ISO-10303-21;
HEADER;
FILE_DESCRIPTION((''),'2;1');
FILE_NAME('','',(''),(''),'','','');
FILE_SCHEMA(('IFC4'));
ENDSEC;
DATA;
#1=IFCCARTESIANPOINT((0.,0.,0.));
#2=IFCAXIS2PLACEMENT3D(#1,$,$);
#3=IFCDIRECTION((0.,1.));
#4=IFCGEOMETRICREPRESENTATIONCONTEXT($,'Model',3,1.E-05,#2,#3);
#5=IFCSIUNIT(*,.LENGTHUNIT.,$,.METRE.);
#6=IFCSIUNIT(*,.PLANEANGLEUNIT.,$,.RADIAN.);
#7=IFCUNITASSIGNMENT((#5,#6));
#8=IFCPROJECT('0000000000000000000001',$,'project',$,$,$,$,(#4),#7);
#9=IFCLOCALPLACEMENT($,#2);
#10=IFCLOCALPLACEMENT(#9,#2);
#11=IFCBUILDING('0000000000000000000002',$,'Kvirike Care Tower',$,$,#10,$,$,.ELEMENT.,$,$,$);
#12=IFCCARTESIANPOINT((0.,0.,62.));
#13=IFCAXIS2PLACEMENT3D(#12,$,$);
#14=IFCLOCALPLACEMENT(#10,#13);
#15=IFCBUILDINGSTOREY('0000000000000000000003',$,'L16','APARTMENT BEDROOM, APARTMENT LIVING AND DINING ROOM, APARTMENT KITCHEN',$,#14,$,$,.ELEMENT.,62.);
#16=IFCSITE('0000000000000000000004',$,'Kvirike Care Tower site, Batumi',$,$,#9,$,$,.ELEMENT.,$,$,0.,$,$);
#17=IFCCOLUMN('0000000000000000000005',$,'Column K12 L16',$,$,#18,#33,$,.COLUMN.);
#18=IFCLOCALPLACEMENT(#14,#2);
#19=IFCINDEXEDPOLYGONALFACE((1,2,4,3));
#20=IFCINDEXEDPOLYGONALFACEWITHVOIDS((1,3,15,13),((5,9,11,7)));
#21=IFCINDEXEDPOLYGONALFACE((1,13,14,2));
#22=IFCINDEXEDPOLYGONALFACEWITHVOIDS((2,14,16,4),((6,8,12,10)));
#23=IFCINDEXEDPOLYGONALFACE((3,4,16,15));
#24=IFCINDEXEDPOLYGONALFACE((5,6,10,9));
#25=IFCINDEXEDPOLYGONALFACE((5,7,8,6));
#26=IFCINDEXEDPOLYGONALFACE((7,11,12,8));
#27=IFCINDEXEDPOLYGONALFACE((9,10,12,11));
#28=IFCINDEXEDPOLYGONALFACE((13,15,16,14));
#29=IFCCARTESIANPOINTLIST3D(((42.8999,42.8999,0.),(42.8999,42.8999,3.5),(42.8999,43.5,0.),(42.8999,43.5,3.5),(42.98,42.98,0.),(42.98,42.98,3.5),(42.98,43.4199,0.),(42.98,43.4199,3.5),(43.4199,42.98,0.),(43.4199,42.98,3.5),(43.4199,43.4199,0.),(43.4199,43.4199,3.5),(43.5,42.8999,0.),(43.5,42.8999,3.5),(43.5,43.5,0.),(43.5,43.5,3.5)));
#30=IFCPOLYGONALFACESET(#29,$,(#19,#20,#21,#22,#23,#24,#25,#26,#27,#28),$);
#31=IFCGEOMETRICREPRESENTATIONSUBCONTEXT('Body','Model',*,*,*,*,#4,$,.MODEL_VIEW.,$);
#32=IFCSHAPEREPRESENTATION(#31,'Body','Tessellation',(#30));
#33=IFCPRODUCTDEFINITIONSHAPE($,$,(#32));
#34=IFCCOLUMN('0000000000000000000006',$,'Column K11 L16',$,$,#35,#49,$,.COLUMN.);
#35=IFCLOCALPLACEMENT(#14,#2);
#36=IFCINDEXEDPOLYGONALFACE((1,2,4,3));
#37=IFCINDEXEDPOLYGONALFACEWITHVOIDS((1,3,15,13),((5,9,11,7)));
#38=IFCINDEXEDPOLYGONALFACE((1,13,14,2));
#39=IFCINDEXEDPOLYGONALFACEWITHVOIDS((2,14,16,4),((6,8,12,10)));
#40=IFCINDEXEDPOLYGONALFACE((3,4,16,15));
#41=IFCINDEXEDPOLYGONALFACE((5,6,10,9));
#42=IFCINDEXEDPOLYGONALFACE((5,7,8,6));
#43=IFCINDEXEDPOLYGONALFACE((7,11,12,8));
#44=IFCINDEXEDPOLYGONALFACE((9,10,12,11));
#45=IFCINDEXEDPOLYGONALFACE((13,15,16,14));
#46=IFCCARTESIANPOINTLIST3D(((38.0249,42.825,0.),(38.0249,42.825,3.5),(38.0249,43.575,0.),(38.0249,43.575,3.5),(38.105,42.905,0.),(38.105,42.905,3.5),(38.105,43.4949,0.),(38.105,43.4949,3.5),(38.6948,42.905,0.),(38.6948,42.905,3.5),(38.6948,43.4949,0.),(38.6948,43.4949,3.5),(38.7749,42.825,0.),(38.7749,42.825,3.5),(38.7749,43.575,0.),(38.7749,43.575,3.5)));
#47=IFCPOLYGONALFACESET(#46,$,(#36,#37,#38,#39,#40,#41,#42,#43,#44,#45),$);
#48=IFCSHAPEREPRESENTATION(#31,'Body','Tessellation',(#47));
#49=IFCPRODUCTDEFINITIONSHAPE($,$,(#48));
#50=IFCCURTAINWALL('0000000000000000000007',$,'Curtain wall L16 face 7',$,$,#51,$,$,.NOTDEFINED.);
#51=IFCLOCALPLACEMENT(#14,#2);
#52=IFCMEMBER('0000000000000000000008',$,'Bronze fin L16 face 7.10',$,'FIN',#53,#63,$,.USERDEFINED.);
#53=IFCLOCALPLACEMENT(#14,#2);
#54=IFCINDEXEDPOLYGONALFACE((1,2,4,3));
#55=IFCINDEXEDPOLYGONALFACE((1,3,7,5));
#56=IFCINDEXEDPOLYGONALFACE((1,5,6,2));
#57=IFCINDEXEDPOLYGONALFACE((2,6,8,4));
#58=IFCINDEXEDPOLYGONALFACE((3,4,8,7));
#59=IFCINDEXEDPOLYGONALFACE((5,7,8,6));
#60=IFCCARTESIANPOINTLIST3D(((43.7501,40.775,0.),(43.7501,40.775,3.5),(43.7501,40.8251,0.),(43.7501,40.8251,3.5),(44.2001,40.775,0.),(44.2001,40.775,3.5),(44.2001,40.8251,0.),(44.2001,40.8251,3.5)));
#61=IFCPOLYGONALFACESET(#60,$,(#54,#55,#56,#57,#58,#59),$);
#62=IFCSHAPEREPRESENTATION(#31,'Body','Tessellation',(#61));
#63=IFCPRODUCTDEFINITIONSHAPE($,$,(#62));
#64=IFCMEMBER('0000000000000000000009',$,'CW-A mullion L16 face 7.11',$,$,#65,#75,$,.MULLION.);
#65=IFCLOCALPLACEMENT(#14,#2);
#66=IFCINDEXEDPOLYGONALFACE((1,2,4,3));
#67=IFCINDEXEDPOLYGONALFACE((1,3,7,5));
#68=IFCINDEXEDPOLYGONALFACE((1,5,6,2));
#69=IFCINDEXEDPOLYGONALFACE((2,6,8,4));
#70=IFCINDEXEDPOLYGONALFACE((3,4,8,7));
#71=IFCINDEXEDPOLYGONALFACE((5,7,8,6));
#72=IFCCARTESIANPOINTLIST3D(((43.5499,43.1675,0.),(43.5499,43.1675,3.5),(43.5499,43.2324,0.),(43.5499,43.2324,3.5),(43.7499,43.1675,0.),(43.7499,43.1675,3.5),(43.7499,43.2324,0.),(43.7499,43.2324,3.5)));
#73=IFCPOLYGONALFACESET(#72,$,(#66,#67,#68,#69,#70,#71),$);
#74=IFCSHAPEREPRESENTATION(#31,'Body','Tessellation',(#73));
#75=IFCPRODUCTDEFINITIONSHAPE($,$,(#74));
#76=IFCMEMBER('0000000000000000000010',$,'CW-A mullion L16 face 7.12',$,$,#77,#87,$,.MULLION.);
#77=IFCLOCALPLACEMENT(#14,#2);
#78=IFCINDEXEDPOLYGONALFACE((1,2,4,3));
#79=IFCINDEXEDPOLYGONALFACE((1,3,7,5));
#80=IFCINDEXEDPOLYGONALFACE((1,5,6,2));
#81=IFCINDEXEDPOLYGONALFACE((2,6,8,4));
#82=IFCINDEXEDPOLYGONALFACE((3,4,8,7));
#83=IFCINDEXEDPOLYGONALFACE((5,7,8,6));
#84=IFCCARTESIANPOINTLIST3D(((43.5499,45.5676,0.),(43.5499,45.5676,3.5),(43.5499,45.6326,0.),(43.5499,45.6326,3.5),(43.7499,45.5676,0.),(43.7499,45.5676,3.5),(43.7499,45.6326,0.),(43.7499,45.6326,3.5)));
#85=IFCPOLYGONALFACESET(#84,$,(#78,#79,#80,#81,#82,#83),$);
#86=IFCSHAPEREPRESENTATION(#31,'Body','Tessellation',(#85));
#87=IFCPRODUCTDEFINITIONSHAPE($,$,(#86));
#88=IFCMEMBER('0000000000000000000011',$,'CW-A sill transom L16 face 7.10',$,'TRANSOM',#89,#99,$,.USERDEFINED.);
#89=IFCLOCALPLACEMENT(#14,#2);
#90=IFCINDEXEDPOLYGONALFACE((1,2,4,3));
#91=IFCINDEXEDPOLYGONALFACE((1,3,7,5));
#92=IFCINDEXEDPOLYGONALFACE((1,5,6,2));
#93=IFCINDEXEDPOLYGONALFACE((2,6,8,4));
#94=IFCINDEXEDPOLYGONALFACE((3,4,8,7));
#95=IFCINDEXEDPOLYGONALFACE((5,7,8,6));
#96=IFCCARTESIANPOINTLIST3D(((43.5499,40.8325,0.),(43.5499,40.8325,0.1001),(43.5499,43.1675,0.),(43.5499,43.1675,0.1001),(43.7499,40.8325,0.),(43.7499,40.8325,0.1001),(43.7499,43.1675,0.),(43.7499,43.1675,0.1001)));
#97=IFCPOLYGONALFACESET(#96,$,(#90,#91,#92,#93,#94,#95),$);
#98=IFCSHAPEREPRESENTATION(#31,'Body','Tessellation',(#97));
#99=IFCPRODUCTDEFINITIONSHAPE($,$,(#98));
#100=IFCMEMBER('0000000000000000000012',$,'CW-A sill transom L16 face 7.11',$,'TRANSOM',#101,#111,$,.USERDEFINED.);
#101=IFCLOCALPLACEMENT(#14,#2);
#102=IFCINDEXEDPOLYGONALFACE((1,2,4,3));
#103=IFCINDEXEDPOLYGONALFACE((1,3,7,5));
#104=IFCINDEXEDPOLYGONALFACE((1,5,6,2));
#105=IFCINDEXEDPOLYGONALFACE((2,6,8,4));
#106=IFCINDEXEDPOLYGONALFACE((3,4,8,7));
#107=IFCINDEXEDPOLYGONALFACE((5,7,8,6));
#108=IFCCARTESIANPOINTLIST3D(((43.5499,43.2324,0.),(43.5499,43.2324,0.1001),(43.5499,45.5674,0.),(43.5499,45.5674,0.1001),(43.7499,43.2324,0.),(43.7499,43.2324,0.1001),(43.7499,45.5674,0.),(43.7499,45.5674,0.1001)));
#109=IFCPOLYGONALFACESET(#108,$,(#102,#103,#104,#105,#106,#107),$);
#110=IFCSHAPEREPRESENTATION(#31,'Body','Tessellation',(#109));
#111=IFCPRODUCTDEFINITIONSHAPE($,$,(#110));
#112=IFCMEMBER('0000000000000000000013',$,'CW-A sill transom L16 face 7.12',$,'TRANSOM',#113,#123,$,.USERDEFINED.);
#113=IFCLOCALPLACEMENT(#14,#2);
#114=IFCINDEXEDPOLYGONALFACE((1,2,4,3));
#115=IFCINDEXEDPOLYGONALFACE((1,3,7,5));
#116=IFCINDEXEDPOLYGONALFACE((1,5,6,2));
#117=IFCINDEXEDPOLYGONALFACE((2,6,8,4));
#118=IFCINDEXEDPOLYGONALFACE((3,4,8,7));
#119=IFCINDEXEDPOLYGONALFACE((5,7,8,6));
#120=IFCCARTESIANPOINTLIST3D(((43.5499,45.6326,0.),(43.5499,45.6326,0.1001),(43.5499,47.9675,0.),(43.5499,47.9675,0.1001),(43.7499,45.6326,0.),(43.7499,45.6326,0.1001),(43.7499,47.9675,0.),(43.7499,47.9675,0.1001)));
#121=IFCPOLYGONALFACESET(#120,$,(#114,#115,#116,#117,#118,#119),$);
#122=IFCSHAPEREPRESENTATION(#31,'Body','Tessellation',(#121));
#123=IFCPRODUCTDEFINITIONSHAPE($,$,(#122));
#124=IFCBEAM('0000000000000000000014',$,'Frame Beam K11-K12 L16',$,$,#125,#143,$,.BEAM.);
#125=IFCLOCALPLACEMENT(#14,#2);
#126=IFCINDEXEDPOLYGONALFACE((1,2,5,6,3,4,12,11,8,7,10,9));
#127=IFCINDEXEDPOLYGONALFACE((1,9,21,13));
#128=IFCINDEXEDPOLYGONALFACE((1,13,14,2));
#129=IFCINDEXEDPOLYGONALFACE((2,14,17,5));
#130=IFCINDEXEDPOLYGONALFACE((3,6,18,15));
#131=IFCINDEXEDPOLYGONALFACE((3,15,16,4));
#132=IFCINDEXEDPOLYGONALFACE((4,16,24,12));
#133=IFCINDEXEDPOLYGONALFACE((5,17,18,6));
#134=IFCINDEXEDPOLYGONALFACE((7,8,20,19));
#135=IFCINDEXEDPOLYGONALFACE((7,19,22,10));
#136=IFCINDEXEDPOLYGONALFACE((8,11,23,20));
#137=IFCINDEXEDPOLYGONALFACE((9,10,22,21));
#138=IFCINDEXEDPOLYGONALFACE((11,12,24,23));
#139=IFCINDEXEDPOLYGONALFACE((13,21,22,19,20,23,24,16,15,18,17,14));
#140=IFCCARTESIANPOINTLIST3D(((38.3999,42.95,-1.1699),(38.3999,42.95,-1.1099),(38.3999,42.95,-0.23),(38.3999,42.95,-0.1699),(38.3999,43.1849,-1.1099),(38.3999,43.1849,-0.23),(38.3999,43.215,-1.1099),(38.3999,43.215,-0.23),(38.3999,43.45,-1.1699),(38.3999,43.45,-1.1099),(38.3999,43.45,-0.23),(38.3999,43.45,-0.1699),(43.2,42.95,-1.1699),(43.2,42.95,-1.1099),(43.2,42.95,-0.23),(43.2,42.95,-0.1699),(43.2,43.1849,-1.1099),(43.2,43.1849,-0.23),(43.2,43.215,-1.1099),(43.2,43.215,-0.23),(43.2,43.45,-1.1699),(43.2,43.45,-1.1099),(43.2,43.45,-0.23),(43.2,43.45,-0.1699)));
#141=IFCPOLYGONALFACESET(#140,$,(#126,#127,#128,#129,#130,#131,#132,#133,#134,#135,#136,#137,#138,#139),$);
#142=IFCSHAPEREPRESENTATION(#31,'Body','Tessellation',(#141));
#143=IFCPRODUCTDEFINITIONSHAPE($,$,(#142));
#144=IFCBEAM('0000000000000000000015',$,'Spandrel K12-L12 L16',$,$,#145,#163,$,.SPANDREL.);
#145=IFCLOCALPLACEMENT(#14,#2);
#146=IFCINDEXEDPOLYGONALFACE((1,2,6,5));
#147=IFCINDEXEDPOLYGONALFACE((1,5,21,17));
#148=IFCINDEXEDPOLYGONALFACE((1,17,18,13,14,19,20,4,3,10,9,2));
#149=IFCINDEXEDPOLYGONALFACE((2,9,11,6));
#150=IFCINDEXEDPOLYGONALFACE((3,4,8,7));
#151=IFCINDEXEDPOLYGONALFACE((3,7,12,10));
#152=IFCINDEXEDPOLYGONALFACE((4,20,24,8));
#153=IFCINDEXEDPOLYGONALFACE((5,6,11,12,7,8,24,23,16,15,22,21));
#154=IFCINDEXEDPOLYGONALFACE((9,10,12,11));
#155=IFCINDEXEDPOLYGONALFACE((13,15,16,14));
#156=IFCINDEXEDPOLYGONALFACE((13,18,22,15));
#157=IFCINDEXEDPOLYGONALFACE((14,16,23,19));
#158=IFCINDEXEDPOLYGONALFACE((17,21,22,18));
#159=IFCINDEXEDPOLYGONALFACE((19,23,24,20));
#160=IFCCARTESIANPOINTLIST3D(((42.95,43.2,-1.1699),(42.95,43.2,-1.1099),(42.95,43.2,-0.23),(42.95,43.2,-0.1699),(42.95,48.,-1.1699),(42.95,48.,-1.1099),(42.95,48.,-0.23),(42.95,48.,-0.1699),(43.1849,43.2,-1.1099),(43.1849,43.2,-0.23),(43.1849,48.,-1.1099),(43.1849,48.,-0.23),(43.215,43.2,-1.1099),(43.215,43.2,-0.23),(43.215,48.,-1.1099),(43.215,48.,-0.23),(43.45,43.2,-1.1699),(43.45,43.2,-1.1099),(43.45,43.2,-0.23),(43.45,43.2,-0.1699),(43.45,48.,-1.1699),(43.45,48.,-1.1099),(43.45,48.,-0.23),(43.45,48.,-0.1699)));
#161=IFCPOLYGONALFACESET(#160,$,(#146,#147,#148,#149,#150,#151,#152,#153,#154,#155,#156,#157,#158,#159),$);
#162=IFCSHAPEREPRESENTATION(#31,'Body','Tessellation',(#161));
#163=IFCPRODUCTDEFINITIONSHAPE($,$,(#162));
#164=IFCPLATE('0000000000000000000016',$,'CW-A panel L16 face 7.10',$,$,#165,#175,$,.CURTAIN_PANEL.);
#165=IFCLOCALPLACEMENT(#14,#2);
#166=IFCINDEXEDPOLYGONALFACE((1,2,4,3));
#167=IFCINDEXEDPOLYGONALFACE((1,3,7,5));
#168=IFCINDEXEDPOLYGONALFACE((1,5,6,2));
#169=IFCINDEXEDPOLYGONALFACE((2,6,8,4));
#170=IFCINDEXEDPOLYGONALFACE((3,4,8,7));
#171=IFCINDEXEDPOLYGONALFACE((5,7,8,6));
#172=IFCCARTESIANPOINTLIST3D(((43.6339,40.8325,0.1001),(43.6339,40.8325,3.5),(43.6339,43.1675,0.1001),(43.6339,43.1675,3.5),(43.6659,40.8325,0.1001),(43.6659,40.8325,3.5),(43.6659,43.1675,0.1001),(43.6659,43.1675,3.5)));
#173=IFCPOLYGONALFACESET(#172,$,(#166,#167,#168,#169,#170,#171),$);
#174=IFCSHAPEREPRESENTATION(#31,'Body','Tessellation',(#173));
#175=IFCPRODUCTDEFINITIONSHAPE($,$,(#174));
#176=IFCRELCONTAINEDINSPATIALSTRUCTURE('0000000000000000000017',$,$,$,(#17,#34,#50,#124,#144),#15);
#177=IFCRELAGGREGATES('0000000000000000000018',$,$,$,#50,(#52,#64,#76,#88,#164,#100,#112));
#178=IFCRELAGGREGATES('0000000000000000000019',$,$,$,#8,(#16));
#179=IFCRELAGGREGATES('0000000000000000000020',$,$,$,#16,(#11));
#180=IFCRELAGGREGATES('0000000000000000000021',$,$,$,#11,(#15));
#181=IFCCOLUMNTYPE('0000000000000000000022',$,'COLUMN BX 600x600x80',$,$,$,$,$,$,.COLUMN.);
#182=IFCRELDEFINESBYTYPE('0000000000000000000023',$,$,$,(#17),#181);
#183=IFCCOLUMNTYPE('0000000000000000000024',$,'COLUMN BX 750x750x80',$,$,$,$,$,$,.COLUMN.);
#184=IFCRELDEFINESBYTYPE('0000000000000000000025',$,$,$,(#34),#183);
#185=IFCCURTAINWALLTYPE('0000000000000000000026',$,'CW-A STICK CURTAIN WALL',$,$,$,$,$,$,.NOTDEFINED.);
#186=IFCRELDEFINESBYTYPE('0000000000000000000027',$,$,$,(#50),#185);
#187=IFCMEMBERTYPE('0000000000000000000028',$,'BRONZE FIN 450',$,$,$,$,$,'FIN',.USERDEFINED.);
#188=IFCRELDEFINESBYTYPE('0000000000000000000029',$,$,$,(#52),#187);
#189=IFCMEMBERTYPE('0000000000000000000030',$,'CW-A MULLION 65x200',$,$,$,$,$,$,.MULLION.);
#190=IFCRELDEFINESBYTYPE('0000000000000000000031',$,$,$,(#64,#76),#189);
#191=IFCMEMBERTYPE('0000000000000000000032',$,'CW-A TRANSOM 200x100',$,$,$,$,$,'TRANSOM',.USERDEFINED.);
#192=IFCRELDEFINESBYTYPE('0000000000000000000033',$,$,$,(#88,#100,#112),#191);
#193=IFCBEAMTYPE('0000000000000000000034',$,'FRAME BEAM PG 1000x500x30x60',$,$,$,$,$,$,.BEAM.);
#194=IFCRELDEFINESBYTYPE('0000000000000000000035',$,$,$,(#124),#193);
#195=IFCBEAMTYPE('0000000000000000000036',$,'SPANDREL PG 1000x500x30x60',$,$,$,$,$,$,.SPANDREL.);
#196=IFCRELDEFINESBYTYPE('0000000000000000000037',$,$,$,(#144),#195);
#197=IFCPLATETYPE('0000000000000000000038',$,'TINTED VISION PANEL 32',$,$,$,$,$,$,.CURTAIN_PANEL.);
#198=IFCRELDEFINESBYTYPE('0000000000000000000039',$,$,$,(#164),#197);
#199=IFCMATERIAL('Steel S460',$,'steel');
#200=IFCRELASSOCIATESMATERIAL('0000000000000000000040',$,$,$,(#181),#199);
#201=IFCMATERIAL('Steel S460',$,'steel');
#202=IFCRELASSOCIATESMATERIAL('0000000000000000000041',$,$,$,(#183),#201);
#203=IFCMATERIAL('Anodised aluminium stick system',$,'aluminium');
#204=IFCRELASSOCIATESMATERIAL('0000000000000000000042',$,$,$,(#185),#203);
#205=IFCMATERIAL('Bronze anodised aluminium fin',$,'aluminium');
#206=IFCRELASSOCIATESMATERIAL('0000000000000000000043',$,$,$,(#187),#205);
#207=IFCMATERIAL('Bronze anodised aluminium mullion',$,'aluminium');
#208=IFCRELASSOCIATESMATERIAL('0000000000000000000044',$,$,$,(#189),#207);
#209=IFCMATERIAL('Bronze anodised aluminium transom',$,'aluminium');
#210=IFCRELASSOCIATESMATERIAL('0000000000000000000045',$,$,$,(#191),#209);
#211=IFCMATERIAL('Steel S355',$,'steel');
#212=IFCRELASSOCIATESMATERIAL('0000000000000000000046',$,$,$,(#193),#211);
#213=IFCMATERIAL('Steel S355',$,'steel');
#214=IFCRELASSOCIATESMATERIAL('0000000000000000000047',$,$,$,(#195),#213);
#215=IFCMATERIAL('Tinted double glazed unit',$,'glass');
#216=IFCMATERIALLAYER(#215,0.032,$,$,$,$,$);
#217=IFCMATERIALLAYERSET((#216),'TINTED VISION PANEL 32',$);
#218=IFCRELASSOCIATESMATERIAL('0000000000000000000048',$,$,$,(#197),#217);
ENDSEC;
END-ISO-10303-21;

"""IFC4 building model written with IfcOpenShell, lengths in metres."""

from ifc_helpers import new_model, si_unit, direction, frame, origin, origin_2d, place, context, subcontext, project, spatial, rectangle, hollow_rectangle, i_section, extrude, material, layer, layer_set, material_profile, profile_set, type_object, element, aggregate, save


model = new_model("IFC4")

# Units and contexts
model_context = context("Model", 3, precision=1e-05, world=origin(), true_north=direction((0.0, 1.0)))
body_context = subcontext(model_context, "Body", "Model", "MODEL_VIEW")
ifc_project = project(units=[si_unit("LENGTHUNIT", "METRE"), si_unit("PLANEANGLEUNIT", "RADIAN")], contexts=[model_context])

# Site, building, storey
site_placement = place(None, origin())
site = spatial("IfcSite", under=ifc_project, at=site_placement, Name="Kvirike Care Tower site, Batumi", CompositionType="ELEMENT", RefElevation=0.0)
building_placement = place(site_placement, origin())
building = spatial("IfcBuilding", under=site, at=building_placement, Name="Kvirike Care Tower", CompositionType="ELEMENT")
storey_placement = place(building_placement, frame((0.0, 0.0, 62.0)))
storey = spatial("IfcBuildingStorey", under=building, at=storey_placement, Name="L16", Description="APARTMENT BEDROOM, APARTMENT LIVING AND DINING ROOM, APARTMENT KITCHEN", CompositionType="ELEMENT", Elevation=62.0)

# Columns
ifc_material_1 = material(Name="Steel S460", Category="steel")
ifc_material_profile_1 = material_profile(ifc_material_1, hollow_rectangle(XDim=0.6001, YDim=0.6001, WallThickness=0.0801, at=origin_2d()), Name="BX 600x600x80")
ifc_profile_set_1 = profile_set([ifc_material_profile_1], Name="Steel S460")
column_type_1 = type_object("IfcColumnType", Name="COLUMN BX 600x600x80", PredefinedType="COLUMN", material=ifc_profile_set_1)
column_1_placement = place(storey_placement, frame((43.2, 43.2, 0.0), z_axis=(0.0, 0.0, 1.0), x_axis=(0.0, 1.0, 0.0)))
element("IfcColumn", 1, at=column_1_placement, inside=storey, type_object=column_type_1, Name="Column K12 L16", PredefinedType="COLUMN", context=body_context, shape_type="SweptSolid", body=[
    extrude(hollow_rectangle(XDim=0.6001, YDim=0.6001, WallThickness=0.0801, at=origin_2d()), origin(), (0.0, 0.0, 1.0), 3.5),
])
ifc_material_2 = material(Name="Steel S460", Category="steel")
ifc_material_profile_2 = material_profile(ifc_material_2, hollow_rectangle(XDim=0.75, YDim=0.75, WallThickness=0.0801, at=origin_2d()), Name="BX 750x750x80")
ifc_profile_set_2 = profile_set([ifc_material_profile_2], Name="Steel S460")
column_type_2 = type_object("IfcColumnType", Name="COLUMN BX 750x750x80", PredefinedType="COLUMN", material=ifc_profile_set_2)
column_2_placement = place(storey_placement, frame((38.3999, 43.2, 0.0), z_axis=(0.0, 0.0, 1.0), x_axis=(0.0, 1.0, 0.0)))
element("IfcColumn", 2, at=column_2_placement, inside=storey, type_object=column_type_2, Name="Column K11 L16", PredefinedType="COLUMN", context=body_context, shape_type="SweptSolid", body=[
    extrude(hollow_rectangle(XDim=0.75, YDim=0.75, WallThickness=0.0801, at=origin_2d()), origin(), (0.0, 0.0, 1.0), 3.5),
])

# Curtain wall, members
ifc_material_3 = material(Name="Anodised aluminium stick system", Category="aluminium")
curtain_wall_type = type_object("IfcCurtainWallType", Name="CW-A STICK CURTAIN WALL", PredefinedType="NOTDEFINED", material=ifc_material_3)
curtain_wall_placement = place(storey_placement, origin())
curtain_wall = element("IfcCurtainWall", 3, at=curtain_wall_placement, inside=storey, type_object=curtain_wall_type, Name="Curtain wall L16 face 7", PredefinedType="NOTDEFINED")
ifc_material_4 = material(Name="Bronze anodised aluminium fin", Category="aluminium")
ifc_material_profile_3 = material_profile(ifc_material_4, rectangle(XDim=0.05, YDim=0.45, at=origin_2d()), Name="BRONZE FIN 450")
ifc_profile_set_3 = profile_set([ifc_material_profile_3], Name="Bronze anodised aluminium fin")
member_type_1 = type_object("IfcMemberType", Name="BRONZE FIN 450", ElementType="FIN", PredefinedType="USERDEFINED", material=ifc_profile_set_3)
member_1_placement = place(storey_placement, frame((43.9751, 40.8, 0.0), z_axis=(0.0, 0.0, 1.0), x_axis=(0.0, 1.0, 0.0)))
member_1 = element("IfcMember", 4, at=member_1_placement, type_object=member_type_1, Name="Bronze fin L16 face 7.10", ObjectType="FIN", PredefinedType="USERDEFINED", context=body_context, shape_type="SweptSolid", body=[
    extrude(rectangle(XDim=0.05, YDim=0.45, at=origin_2d()), origin(), (0.0, 0.0, 1.0), 3.5),
])
ifc_material_5 = material(Name="Bronze anodised aluminium mullion", Category="aluminium")
ifc_material_profile_4 = material_profile(ifc_material_5, rectangle(XDim=0.0649, YDim=0.2, at=origin_2d()), Name="CW-A MULLION 65x200")
ifc_profile_set_4 = profile_set([ifc_material_profile_4], Name="Bronze anodised aluminium mullion")
member_type_2 = type_object("IfcMemberType", Name="CW-A MULLION 65x200", PredefinedType="MULLION", material=ifc_profile_set_4)
member_2_placement = place(storey_placement, frame((43.6499, 43.2, 0.0), z_axis=(0.0, 0.0, 1.0), x_axis=(0.0, 1.0, 0.0)))
member_2 = element("IfcMember", 5, at=member_2_placement, type_object=member_type_2, Name="CW-A mullion L16 face 7.11", PredefinedType="MULLION", context=body_context, shape_type="SweptSolid", body=[
    extrude(rectangle(XDim=0.0649, YDim=0.2, at=origin_2d()), origin(), (0.0, 0.0, 1.0), 3.5),
])
member_3_placement = place(storey_placement, frame((43.6499, 45.6001, 0.0), z_axis=(0.0, 0.0, 1.0), x_axis=(0.0, 1.0, 0.0)))
member_3 = element("IfcMember", 6, at=member_3_placement, type_object=member_type_2, Name="CW-A mullion L16 face 7.12", PredefinedType="MULLION", context=body_context, shape_type="SweptSolid", body=[
    extrude(rectangle(XDim=0.0649, YDim=0.2, at=origin_2d()), origin(), (0.0, 0.0, 1.0), 3.5),
])
ifc_material_6 = material(Name="Bronze anodised aluminium transom", Category="aluminium")
ifc_material_profile_5 = material_profile(ifc_material_6, rectangle(XDim=0.2, YDim=0.1001, at=origin_2d()), Name="CW-A TRANSOM 200x100")
ifc_profile_set_5 = profile_set([ifc_material_profile_5], Name="Bronze anodised aluminium transom")
member_type_3 = type_object("IfcMemberType", Name="CW-A TRANSOM 200x100", ElementType="TRANSOM", PredefinedType="USERDEFINED", material=ifc_profile_set_5)
member_4_placement = place(storey_placement, frame((43.6499, 40.8325, 0.05), z_axis=(0.0, 1.0, 0.0), x_axis=(-1.0, 0.0, 0.0)))
member_4 = element("IfcMember", 7, at=member_4_placement, type_object=member_type_3, Name="CW-A sill transom L16 face 7.10", ObjectType="TRANSOM", PredefinedType="USERDEFINED", context=body_context, shape_type="SweptSolid", body=[
    extrude(rectangle(XDim=0.2, YDim=0.1001, at=origin_2d()), origin(), (0.0, 0.0, 1.0), 2.335),
])
member_5_placement = place(storey_placement, frame((43.6499, 43.2324, 0.05), z_axis=(0.0, 1.0, 0.0), x_axis=(-1.0, 0.0, 0.0)))
member_5 = element("IfcMember", 8, at=member_5_placement, type_object=member_type_3, Name="CW-A sill transom L16 face 7.11", ObjectType="TRANSOM", PredefinedType="USERDEFINED", context=body_context, shape_type="SweptSolid", body=[
    extrude(rectangle(XDim=0.2, YDim=0.1001, at=origin_2d()), origin(), (0.0, 0.0, 1.0), 2.335),
])
member_6_placement = place(storey_placement, frame((43.6499, 45.6326, 0.05), z_axis=(0.0, 1.0, 0.0), x_axis=(-1.0, 0.0, 0.0)))
member_6 = element("IfcMember", 9, at=member_6_placement, type_object=member_type_3, Name="CW-A sill transom L16 face 7.12", ObjectType="TRANSOM", PredefinedType="USERDEFINED", context=body_context, shape_type="SweptSolid", body=[
    extrude(rectangle(XDim=0.2, YDim=0.1001, at=origin_2d()), origin(), (0.0, 0.0, 1.0), 2.335),
])

# Beams
ifc_material_7 = material(Name="Steel S355", Category="steel")
ifc_material_profile_6 = material_profile(ifc_material_7, i_section(OverallWidth=0.5, OverallDepth=1.0, WebThickness=0.03, FlangeThickness=0.0601, at=origin_2d()), Name="PG 1000x500x30x60")
ifc_profile_set_6 = profile_set([ifc_material_profile_6], Name="Steel S355")
beam_type_1 = type_object("IfcBeamType", Name="FRAME BEAM PG 1000x500x30x60", PredefinedType="BEAM", material=ifc_profile_set_6)
beam_1_placement = place(storey_placement, frame((38.3999, 43.2, -0.6699), z_axis=(1.0, 0.0, 0.0), x_axis=(0.0, 1.0, 0.0)))
element("IfcBeam", 10, at=beam_1_placement, inside=storey, type_object=beam_type_1, Name="Frame Beam K11-K12 L16", PredefinedType="BEAM", context=body_context, shape_type="SweptSolid", body=[
    extrude(i_section(OverallWidth=0.5, OverallDepth=1.0, WebThickness=0.03, FlangeThickness=0.0601, at=origin_2d()), origin(), (0.0, 0.0, 1.0), 4.8),
])
ifc_material_8 = material(Name="Steel S355", Category="steel")
ifc_material_profile_7 = material_profile(ifc_material_8, i_section(OverallWidth=0.5, OverallDepth=1.0, WebThickness=0.03, FlangeThickness=0.0601, at=origin_2d()), Name="PG 1000x500x30x60")
ifc_profile_set_7 = profile_set([ifc_material_profile_7], Name="Steel S355")
beam_type_2 = type_object("IfcBeamType", Name="SPANDREL PG 1000x500x30x60", PredefinedType="SPANDREL", material=ifc_profile_set_7)
beam_2_placement = place(storey_placement, frame((43.2, 43.2, -0.6699), z_axis=(0.0, 1.0, 0.0), x_axis=(-1.0, 0.0, 0.0)))
element("IfcBeam", 11, at=beam_2_placement, inside=storey, type_object=beam_type_2, Name="Spandrel K12-L12 L16", PredefinedType="SPANDREL", context=body_context, shape_type="SweptSolid", body=[
    extrude(i_section(OverallWidth=0.5, OverallDepth=1.0, WebThickness=0.03, FlangeThickness=0.0601, at=origin_2d()), origin(), (0.0, 0.0, 1.0), 4.8),
])

# Plate
ifc_material_9 = material(Name="Tinted double glazed unit", Category="glass")
ifc_layer_1 = layer(ifc_material_9, 0.032)
ifc_layer_set_1 = layer_set([ifc_layer_1], Name="TINTED VISION PANEL 32")
plate_type = type_object("IfcPlateType", Name="TINTED VISION PANEL 32", PredefinedType="CURTAIN_PANEL", material=ifc_layer_set_1)
plate_1_placement = place(storey_placement, frame((43.6499, 42.0, 0.1001), z_axis=(0.0, 0.0, 1.0), x_axis=(0.0, 1.0, 0.0)))
plate_1 = element("IfcPlate", 12, at=plate_1_placement, type_object=plate_type, Name="CW-A panel L16 face 7.10", PredefinedType="CURTAIN_PANEL", context=body_context, shape_type="SweptSolid", body=[
    extrude(rectangle(XDim=2.335, YDim=0.032, at=origin_2d()), origin(), (0.0, 0.0, 1.0), 3.3999),
])
aggregate(curtain_wall, [member_1, member_2, member_3, member_4, plate_1, member_5, member_6])

save(model, "model.ifc")
